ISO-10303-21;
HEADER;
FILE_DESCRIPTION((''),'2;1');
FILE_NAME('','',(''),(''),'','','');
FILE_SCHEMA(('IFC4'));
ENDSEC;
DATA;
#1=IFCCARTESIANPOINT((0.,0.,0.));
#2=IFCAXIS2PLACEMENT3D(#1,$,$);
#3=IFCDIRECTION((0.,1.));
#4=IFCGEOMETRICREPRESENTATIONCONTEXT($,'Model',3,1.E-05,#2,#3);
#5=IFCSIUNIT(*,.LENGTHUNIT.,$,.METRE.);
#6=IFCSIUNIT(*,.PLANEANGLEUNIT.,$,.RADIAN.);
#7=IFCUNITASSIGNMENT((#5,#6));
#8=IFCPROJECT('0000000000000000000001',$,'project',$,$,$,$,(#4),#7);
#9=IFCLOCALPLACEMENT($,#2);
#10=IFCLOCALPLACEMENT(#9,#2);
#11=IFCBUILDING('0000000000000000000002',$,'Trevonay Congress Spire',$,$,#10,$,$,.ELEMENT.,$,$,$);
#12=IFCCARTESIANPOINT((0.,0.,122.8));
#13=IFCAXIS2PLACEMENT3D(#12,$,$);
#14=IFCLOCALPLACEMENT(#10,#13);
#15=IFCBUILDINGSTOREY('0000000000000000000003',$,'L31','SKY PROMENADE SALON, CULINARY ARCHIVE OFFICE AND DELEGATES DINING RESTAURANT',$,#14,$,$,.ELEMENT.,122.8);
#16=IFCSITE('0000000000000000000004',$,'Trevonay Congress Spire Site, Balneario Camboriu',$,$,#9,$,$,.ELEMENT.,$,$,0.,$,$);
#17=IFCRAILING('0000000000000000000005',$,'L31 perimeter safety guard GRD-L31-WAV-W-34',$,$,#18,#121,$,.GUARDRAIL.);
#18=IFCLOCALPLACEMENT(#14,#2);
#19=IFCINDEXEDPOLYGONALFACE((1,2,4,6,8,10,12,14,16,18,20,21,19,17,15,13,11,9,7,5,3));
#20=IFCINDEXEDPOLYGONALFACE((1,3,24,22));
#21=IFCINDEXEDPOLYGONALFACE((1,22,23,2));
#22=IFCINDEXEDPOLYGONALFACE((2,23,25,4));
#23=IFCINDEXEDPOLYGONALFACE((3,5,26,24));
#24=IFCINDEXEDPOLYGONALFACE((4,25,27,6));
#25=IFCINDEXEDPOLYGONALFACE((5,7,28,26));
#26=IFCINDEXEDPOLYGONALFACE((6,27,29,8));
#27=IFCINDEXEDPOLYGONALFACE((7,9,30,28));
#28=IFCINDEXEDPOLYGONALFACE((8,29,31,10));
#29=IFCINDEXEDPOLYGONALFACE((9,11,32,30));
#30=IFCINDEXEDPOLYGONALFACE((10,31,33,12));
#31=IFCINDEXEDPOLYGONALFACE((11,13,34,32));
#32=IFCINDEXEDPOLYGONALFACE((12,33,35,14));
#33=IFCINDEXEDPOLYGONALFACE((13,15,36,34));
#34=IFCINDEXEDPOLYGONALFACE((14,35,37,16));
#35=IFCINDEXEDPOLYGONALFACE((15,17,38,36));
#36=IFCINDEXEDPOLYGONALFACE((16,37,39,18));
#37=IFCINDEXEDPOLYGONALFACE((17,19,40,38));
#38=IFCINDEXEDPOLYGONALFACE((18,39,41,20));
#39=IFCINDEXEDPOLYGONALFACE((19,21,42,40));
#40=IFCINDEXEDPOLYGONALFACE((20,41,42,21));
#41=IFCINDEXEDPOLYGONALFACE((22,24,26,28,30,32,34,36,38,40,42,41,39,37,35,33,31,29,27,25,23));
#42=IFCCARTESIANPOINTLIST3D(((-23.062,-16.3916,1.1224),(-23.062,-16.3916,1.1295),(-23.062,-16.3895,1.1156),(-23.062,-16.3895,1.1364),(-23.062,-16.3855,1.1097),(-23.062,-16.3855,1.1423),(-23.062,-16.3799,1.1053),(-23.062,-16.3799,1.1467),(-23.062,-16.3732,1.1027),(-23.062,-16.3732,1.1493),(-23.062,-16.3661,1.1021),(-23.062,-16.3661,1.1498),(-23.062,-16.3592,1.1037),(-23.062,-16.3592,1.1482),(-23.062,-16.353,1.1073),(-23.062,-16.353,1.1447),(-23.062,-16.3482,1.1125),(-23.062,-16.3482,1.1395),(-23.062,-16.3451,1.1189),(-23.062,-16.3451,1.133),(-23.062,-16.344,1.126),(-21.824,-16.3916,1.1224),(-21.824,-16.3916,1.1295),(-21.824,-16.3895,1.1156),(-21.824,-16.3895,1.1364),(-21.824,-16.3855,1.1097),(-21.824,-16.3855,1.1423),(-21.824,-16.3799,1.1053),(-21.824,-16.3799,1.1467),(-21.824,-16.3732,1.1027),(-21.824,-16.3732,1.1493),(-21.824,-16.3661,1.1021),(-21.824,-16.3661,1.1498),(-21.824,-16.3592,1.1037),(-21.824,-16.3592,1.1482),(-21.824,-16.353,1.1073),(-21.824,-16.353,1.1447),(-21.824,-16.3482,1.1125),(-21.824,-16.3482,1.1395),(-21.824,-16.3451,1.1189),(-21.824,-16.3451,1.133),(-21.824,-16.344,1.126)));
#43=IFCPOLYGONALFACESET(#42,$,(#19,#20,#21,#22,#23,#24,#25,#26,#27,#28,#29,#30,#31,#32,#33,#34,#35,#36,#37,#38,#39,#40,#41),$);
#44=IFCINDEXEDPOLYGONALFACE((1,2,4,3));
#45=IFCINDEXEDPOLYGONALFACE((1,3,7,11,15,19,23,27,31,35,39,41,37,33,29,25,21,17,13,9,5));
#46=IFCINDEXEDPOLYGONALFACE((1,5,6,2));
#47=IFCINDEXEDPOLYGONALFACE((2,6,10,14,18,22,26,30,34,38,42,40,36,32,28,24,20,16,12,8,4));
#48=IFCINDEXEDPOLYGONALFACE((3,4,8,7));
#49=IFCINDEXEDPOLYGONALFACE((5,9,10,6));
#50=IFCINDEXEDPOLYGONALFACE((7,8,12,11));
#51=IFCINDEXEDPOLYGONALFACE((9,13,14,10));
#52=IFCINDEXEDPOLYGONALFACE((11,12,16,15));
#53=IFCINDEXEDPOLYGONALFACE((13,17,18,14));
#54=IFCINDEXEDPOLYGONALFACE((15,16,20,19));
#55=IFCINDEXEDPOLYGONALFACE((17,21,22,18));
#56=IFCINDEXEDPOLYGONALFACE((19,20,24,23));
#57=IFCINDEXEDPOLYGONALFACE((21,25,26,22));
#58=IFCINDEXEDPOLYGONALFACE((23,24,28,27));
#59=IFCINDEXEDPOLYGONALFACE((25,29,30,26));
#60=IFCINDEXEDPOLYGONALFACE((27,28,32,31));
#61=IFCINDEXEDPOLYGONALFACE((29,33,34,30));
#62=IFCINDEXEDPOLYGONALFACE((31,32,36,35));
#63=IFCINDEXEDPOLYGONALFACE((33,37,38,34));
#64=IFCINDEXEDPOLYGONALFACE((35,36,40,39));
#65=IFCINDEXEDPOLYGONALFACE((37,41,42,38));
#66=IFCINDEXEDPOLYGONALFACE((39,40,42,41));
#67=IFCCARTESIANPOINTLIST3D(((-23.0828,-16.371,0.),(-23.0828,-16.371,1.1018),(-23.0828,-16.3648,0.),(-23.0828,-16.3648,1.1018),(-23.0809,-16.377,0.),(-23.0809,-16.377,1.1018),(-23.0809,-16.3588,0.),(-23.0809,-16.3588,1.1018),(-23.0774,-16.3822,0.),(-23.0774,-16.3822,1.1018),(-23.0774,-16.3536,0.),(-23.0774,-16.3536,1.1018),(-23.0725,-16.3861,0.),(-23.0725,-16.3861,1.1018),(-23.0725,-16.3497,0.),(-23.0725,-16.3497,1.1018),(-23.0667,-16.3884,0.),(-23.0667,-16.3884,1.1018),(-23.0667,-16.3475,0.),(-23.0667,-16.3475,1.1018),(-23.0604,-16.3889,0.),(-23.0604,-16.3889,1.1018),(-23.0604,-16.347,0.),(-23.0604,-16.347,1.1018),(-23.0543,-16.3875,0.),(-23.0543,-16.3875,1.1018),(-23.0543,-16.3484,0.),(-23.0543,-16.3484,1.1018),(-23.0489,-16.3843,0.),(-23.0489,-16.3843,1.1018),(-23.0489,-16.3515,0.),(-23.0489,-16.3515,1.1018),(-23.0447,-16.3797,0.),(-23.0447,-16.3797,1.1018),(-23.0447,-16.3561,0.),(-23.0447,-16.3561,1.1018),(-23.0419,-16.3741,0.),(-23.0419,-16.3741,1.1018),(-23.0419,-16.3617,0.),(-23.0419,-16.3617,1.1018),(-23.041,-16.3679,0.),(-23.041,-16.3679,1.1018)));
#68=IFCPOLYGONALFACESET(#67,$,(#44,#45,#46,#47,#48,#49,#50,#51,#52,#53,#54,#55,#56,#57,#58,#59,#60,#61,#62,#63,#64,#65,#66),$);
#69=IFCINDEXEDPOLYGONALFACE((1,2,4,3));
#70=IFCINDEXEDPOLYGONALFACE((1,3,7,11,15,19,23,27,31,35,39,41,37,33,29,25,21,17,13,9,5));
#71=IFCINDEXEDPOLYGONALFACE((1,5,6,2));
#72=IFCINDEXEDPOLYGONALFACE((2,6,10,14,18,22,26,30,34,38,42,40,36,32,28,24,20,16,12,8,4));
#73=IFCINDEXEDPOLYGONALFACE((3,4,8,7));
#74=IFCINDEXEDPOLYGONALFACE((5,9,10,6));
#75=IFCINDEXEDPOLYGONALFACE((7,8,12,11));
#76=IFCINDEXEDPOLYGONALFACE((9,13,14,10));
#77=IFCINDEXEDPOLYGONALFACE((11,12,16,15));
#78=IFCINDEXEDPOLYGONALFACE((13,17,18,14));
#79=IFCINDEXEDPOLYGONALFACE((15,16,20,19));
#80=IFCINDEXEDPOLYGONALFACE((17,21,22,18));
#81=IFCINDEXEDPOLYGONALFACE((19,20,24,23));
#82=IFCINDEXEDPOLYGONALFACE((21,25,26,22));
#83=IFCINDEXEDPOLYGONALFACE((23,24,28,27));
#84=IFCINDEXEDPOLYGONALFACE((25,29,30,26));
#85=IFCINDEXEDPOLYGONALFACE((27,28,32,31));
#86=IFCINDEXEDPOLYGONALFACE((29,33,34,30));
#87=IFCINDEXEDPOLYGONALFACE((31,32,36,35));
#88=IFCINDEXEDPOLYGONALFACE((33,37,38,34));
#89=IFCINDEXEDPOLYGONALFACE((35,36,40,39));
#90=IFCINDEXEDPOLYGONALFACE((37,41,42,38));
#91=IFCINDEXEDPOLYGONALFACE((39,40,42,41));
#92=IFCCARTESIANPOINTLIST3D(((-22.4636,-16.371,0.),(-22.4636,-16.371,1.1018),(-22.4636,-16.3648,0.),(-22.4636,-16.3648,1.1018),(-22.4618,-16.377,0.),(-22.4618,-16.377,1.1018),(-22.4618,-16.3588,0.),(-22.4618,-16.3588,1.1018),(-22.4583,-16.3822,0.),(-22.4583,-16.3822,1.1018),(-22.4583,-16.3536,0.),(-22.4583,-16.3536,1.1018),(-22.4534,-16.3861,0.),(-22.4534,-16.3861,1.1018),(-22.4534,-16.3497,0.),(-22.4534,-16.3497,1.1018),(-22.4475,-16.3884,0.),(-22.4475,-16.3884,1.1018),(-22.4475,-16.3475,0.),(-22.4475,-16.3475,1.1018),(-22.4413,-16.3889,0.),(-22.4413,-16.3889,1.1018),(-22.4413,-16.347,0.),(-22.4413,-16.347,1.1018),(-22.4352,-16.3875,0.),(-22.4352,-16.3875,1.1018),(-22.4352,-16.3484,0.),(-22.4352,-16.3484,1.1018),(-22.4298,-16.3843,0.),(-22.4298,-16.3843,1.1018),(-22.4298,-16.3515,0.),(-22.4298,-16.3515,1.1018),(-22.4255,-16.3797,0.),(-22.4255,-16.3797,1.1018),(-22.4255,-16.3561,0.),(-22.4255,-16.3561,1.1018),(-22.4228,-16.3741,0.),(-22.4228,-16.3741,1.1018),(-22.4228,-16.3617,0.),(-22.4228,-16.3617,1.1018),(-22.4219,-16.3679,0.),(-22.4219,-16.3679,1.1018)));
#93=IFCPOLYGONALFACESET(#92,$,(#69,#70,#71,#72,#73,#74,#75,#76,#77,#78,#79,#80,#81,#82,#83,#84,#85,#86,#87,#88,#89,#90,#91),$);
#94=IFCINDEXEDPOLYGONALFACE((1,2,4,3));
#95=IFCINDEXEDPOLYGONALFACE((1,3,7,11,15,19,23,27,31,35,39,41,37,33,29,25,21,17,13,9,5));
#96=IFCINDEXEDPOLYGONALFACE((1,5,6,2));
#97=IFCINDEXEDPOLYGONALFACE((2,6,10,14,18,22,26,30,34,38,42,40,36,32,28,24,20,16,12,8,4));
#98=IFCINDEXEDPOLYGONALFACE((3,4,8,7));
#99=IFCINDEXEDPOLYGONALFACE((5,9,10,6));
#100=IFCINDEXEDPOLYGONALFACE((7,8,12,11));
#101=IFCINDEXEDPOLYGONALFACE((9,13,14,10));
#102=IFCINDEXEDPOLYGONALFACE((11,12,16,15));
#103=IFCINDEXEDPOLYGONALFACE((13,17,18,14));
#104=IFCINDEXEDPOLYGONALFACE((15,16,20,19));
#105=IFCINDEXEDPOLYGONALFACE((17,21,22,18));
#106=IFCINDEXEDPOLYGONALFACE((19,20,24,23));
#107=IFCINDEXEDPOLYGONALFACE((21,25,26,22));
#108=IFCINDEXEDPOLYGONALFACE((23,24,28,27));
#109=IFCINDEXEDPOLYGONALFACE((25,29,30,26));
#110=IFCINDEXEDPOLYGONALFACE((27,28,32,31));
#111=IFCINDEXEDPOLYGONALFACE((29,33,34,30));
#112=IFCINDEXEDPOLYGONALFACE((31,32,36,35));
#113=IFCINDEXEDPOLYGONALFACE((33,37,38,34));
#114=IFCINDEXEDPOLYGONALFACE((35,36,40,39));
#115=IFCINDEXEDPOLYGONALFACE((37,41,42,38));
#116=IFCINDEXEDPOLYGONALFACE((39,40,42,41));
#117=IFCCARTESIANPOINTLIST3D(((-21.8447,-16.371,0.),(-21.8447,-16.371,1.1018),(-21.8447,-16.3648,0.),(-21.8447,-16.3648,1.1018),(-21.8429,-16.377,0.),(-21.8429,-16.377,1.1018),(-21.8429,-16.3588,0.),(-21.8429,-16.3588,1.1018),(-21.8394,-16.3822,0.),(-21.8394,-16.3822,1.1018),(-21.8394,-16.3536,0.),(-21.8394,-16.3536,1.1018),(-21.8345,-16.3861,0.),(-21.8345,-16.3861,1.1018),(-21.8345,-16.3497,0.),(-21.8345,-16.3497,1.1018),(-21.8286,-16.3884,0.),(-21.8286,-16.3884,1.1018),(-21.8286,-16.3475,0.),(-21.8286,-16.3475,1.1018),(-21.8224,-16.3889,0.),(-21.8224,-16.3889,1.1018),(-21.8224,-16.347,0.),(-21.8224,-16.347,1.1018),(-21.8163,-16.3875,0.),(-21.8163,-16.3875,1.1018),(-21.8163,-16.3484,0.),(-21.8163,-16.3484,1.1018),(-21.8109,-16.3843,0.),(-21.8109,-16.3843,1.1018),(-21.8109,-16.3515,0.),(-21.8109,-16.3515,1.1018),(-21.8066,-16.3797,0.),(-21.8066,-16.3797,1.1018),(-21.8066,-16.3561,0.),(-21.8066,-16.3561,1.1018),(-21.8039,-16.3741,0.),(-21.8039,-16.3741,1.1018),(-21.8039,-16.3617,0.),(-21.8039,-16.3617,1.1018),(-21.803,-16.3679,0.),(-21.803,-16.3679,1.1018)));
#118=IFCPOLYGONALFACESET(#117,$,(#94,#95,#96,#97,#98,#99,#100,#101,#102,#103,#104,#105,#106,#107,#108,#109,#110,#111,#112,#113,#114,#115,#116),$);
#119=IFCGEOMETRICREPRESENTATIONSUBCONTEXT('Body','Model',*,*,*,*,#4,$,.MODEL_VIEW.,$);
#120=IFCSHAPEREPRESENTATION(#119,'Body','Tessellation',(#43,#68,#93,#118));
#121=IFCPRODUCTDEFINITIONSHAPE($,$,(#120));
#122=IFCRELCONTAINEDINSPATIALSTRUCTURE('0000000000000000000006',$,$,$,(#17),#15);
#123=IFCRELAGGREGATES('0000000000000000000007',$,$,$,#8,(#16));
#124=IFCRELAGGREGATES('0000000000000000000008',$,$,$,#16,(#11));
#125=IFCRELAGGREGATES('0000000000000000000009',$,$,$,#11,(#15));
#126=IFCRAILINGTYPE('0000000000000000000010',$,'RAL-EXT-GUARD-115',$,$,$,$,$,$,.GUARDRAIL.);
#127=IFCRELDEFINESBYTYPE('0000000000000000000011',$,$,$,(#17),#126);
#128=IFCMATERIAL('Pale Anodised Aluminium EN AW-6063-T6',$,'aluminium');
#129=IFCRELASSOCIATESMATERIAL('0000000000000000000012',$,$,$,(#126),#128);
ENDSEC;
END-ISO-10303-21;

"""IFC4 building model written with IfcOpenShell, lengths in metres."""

from ifc_helpers import new_model, si_unit, direction, frame, origin, origin_2d, place, context, subcontext, project, spatial, circle, extrude, material, type_object, element, save


model = new_model("IFC4")

# Units and contexts
model_context = context("Model", 3, precision=1e-05, world=origin(), true_north=direction((0.0, 1.0)))
body_context = subcontext(model_context, "Body", "Model", "MODEL_VIEW")
ifc_project = project(units=[si_unit("LENGTHUNIT", "METRE"), si_unit("PLANEANGLEUNIT", "RADIAN")], contexts=[model_context])

# Site, building, storey
site_placement = place(None, origin())
site = spatial("IfcSite", under=ifc_project, at=site_placement, Name="Trevonay Congress Spire Site, Balneario Camboriu", CompositionType="ELEMENT", RefElevation=0.0)
building_placement = place(site_placement, origin())
building = spatial("IfcBuilding", under=site, at=building_placement, Name="Trevonay Congress Spire", CompositionType="ELEMENT")
storey_placement = place(building_placement, frame((0.0, 0.0, 122.8)))
storey = spatial("IfcBuildingStorey", under=building, at=storey_placement, Name="L31", Description="SKY PROMENADE SALON, CULINARY ARCHIVE OFFICE AND DELEGATES DINING RESTAURANT", CompositionType="ELEMENT", Elevation=122.8)

# Shared definitions
ifc_material_1 = material(Name="Pale Anodised Aluminium EN AW-6063-T6", Category="aluminium")

# Railing
railing_type = type_object("IfcRailingType", Name="RAL-EXT-GUARD-115", PredefinedType="GUARDRAIL", material=ifc_material_1)
railing_1_placement = place(storey_placement, frame((-23.062, -16.3679, 0.0)))
element("IfcRailing", 1, at=railing_1_placement, inside=storey, type_object=railing_type, Name="L31 perimeter safety guard GRD-L31-WAV-W-34", PredefinedType="GUARDRAIL", context=body_context, shape_type="SweptSolid", body=[
    extrude(circle(Radius=0.0239, at=origin_2d()), frame((0.0, 0.0, 1.126), z_axis=(1.0, 0.0, 0.0), x_axis=(0.0, 1.0, 0.0)), (0.0, 0.0, 1.0), 1.238),
    extrude(circle(Radius=0.021, at=origin_2d()), origin(), (0.0, 0.0, 1.0), 1.1018),
    extrude(circle(Radius=0.021, at=origin_2d()), frame((0.6191, 0.0, 0.0)), (0.0, 0.0, 1.0), 1.1018),
    extrude(circle(Radius=0.021, at=origin_2d()), frame((1.238, 0.0, 0.0)), (0.0, 0.0, 1.0), 1.1018),
])

save(model, "model.ifc")
